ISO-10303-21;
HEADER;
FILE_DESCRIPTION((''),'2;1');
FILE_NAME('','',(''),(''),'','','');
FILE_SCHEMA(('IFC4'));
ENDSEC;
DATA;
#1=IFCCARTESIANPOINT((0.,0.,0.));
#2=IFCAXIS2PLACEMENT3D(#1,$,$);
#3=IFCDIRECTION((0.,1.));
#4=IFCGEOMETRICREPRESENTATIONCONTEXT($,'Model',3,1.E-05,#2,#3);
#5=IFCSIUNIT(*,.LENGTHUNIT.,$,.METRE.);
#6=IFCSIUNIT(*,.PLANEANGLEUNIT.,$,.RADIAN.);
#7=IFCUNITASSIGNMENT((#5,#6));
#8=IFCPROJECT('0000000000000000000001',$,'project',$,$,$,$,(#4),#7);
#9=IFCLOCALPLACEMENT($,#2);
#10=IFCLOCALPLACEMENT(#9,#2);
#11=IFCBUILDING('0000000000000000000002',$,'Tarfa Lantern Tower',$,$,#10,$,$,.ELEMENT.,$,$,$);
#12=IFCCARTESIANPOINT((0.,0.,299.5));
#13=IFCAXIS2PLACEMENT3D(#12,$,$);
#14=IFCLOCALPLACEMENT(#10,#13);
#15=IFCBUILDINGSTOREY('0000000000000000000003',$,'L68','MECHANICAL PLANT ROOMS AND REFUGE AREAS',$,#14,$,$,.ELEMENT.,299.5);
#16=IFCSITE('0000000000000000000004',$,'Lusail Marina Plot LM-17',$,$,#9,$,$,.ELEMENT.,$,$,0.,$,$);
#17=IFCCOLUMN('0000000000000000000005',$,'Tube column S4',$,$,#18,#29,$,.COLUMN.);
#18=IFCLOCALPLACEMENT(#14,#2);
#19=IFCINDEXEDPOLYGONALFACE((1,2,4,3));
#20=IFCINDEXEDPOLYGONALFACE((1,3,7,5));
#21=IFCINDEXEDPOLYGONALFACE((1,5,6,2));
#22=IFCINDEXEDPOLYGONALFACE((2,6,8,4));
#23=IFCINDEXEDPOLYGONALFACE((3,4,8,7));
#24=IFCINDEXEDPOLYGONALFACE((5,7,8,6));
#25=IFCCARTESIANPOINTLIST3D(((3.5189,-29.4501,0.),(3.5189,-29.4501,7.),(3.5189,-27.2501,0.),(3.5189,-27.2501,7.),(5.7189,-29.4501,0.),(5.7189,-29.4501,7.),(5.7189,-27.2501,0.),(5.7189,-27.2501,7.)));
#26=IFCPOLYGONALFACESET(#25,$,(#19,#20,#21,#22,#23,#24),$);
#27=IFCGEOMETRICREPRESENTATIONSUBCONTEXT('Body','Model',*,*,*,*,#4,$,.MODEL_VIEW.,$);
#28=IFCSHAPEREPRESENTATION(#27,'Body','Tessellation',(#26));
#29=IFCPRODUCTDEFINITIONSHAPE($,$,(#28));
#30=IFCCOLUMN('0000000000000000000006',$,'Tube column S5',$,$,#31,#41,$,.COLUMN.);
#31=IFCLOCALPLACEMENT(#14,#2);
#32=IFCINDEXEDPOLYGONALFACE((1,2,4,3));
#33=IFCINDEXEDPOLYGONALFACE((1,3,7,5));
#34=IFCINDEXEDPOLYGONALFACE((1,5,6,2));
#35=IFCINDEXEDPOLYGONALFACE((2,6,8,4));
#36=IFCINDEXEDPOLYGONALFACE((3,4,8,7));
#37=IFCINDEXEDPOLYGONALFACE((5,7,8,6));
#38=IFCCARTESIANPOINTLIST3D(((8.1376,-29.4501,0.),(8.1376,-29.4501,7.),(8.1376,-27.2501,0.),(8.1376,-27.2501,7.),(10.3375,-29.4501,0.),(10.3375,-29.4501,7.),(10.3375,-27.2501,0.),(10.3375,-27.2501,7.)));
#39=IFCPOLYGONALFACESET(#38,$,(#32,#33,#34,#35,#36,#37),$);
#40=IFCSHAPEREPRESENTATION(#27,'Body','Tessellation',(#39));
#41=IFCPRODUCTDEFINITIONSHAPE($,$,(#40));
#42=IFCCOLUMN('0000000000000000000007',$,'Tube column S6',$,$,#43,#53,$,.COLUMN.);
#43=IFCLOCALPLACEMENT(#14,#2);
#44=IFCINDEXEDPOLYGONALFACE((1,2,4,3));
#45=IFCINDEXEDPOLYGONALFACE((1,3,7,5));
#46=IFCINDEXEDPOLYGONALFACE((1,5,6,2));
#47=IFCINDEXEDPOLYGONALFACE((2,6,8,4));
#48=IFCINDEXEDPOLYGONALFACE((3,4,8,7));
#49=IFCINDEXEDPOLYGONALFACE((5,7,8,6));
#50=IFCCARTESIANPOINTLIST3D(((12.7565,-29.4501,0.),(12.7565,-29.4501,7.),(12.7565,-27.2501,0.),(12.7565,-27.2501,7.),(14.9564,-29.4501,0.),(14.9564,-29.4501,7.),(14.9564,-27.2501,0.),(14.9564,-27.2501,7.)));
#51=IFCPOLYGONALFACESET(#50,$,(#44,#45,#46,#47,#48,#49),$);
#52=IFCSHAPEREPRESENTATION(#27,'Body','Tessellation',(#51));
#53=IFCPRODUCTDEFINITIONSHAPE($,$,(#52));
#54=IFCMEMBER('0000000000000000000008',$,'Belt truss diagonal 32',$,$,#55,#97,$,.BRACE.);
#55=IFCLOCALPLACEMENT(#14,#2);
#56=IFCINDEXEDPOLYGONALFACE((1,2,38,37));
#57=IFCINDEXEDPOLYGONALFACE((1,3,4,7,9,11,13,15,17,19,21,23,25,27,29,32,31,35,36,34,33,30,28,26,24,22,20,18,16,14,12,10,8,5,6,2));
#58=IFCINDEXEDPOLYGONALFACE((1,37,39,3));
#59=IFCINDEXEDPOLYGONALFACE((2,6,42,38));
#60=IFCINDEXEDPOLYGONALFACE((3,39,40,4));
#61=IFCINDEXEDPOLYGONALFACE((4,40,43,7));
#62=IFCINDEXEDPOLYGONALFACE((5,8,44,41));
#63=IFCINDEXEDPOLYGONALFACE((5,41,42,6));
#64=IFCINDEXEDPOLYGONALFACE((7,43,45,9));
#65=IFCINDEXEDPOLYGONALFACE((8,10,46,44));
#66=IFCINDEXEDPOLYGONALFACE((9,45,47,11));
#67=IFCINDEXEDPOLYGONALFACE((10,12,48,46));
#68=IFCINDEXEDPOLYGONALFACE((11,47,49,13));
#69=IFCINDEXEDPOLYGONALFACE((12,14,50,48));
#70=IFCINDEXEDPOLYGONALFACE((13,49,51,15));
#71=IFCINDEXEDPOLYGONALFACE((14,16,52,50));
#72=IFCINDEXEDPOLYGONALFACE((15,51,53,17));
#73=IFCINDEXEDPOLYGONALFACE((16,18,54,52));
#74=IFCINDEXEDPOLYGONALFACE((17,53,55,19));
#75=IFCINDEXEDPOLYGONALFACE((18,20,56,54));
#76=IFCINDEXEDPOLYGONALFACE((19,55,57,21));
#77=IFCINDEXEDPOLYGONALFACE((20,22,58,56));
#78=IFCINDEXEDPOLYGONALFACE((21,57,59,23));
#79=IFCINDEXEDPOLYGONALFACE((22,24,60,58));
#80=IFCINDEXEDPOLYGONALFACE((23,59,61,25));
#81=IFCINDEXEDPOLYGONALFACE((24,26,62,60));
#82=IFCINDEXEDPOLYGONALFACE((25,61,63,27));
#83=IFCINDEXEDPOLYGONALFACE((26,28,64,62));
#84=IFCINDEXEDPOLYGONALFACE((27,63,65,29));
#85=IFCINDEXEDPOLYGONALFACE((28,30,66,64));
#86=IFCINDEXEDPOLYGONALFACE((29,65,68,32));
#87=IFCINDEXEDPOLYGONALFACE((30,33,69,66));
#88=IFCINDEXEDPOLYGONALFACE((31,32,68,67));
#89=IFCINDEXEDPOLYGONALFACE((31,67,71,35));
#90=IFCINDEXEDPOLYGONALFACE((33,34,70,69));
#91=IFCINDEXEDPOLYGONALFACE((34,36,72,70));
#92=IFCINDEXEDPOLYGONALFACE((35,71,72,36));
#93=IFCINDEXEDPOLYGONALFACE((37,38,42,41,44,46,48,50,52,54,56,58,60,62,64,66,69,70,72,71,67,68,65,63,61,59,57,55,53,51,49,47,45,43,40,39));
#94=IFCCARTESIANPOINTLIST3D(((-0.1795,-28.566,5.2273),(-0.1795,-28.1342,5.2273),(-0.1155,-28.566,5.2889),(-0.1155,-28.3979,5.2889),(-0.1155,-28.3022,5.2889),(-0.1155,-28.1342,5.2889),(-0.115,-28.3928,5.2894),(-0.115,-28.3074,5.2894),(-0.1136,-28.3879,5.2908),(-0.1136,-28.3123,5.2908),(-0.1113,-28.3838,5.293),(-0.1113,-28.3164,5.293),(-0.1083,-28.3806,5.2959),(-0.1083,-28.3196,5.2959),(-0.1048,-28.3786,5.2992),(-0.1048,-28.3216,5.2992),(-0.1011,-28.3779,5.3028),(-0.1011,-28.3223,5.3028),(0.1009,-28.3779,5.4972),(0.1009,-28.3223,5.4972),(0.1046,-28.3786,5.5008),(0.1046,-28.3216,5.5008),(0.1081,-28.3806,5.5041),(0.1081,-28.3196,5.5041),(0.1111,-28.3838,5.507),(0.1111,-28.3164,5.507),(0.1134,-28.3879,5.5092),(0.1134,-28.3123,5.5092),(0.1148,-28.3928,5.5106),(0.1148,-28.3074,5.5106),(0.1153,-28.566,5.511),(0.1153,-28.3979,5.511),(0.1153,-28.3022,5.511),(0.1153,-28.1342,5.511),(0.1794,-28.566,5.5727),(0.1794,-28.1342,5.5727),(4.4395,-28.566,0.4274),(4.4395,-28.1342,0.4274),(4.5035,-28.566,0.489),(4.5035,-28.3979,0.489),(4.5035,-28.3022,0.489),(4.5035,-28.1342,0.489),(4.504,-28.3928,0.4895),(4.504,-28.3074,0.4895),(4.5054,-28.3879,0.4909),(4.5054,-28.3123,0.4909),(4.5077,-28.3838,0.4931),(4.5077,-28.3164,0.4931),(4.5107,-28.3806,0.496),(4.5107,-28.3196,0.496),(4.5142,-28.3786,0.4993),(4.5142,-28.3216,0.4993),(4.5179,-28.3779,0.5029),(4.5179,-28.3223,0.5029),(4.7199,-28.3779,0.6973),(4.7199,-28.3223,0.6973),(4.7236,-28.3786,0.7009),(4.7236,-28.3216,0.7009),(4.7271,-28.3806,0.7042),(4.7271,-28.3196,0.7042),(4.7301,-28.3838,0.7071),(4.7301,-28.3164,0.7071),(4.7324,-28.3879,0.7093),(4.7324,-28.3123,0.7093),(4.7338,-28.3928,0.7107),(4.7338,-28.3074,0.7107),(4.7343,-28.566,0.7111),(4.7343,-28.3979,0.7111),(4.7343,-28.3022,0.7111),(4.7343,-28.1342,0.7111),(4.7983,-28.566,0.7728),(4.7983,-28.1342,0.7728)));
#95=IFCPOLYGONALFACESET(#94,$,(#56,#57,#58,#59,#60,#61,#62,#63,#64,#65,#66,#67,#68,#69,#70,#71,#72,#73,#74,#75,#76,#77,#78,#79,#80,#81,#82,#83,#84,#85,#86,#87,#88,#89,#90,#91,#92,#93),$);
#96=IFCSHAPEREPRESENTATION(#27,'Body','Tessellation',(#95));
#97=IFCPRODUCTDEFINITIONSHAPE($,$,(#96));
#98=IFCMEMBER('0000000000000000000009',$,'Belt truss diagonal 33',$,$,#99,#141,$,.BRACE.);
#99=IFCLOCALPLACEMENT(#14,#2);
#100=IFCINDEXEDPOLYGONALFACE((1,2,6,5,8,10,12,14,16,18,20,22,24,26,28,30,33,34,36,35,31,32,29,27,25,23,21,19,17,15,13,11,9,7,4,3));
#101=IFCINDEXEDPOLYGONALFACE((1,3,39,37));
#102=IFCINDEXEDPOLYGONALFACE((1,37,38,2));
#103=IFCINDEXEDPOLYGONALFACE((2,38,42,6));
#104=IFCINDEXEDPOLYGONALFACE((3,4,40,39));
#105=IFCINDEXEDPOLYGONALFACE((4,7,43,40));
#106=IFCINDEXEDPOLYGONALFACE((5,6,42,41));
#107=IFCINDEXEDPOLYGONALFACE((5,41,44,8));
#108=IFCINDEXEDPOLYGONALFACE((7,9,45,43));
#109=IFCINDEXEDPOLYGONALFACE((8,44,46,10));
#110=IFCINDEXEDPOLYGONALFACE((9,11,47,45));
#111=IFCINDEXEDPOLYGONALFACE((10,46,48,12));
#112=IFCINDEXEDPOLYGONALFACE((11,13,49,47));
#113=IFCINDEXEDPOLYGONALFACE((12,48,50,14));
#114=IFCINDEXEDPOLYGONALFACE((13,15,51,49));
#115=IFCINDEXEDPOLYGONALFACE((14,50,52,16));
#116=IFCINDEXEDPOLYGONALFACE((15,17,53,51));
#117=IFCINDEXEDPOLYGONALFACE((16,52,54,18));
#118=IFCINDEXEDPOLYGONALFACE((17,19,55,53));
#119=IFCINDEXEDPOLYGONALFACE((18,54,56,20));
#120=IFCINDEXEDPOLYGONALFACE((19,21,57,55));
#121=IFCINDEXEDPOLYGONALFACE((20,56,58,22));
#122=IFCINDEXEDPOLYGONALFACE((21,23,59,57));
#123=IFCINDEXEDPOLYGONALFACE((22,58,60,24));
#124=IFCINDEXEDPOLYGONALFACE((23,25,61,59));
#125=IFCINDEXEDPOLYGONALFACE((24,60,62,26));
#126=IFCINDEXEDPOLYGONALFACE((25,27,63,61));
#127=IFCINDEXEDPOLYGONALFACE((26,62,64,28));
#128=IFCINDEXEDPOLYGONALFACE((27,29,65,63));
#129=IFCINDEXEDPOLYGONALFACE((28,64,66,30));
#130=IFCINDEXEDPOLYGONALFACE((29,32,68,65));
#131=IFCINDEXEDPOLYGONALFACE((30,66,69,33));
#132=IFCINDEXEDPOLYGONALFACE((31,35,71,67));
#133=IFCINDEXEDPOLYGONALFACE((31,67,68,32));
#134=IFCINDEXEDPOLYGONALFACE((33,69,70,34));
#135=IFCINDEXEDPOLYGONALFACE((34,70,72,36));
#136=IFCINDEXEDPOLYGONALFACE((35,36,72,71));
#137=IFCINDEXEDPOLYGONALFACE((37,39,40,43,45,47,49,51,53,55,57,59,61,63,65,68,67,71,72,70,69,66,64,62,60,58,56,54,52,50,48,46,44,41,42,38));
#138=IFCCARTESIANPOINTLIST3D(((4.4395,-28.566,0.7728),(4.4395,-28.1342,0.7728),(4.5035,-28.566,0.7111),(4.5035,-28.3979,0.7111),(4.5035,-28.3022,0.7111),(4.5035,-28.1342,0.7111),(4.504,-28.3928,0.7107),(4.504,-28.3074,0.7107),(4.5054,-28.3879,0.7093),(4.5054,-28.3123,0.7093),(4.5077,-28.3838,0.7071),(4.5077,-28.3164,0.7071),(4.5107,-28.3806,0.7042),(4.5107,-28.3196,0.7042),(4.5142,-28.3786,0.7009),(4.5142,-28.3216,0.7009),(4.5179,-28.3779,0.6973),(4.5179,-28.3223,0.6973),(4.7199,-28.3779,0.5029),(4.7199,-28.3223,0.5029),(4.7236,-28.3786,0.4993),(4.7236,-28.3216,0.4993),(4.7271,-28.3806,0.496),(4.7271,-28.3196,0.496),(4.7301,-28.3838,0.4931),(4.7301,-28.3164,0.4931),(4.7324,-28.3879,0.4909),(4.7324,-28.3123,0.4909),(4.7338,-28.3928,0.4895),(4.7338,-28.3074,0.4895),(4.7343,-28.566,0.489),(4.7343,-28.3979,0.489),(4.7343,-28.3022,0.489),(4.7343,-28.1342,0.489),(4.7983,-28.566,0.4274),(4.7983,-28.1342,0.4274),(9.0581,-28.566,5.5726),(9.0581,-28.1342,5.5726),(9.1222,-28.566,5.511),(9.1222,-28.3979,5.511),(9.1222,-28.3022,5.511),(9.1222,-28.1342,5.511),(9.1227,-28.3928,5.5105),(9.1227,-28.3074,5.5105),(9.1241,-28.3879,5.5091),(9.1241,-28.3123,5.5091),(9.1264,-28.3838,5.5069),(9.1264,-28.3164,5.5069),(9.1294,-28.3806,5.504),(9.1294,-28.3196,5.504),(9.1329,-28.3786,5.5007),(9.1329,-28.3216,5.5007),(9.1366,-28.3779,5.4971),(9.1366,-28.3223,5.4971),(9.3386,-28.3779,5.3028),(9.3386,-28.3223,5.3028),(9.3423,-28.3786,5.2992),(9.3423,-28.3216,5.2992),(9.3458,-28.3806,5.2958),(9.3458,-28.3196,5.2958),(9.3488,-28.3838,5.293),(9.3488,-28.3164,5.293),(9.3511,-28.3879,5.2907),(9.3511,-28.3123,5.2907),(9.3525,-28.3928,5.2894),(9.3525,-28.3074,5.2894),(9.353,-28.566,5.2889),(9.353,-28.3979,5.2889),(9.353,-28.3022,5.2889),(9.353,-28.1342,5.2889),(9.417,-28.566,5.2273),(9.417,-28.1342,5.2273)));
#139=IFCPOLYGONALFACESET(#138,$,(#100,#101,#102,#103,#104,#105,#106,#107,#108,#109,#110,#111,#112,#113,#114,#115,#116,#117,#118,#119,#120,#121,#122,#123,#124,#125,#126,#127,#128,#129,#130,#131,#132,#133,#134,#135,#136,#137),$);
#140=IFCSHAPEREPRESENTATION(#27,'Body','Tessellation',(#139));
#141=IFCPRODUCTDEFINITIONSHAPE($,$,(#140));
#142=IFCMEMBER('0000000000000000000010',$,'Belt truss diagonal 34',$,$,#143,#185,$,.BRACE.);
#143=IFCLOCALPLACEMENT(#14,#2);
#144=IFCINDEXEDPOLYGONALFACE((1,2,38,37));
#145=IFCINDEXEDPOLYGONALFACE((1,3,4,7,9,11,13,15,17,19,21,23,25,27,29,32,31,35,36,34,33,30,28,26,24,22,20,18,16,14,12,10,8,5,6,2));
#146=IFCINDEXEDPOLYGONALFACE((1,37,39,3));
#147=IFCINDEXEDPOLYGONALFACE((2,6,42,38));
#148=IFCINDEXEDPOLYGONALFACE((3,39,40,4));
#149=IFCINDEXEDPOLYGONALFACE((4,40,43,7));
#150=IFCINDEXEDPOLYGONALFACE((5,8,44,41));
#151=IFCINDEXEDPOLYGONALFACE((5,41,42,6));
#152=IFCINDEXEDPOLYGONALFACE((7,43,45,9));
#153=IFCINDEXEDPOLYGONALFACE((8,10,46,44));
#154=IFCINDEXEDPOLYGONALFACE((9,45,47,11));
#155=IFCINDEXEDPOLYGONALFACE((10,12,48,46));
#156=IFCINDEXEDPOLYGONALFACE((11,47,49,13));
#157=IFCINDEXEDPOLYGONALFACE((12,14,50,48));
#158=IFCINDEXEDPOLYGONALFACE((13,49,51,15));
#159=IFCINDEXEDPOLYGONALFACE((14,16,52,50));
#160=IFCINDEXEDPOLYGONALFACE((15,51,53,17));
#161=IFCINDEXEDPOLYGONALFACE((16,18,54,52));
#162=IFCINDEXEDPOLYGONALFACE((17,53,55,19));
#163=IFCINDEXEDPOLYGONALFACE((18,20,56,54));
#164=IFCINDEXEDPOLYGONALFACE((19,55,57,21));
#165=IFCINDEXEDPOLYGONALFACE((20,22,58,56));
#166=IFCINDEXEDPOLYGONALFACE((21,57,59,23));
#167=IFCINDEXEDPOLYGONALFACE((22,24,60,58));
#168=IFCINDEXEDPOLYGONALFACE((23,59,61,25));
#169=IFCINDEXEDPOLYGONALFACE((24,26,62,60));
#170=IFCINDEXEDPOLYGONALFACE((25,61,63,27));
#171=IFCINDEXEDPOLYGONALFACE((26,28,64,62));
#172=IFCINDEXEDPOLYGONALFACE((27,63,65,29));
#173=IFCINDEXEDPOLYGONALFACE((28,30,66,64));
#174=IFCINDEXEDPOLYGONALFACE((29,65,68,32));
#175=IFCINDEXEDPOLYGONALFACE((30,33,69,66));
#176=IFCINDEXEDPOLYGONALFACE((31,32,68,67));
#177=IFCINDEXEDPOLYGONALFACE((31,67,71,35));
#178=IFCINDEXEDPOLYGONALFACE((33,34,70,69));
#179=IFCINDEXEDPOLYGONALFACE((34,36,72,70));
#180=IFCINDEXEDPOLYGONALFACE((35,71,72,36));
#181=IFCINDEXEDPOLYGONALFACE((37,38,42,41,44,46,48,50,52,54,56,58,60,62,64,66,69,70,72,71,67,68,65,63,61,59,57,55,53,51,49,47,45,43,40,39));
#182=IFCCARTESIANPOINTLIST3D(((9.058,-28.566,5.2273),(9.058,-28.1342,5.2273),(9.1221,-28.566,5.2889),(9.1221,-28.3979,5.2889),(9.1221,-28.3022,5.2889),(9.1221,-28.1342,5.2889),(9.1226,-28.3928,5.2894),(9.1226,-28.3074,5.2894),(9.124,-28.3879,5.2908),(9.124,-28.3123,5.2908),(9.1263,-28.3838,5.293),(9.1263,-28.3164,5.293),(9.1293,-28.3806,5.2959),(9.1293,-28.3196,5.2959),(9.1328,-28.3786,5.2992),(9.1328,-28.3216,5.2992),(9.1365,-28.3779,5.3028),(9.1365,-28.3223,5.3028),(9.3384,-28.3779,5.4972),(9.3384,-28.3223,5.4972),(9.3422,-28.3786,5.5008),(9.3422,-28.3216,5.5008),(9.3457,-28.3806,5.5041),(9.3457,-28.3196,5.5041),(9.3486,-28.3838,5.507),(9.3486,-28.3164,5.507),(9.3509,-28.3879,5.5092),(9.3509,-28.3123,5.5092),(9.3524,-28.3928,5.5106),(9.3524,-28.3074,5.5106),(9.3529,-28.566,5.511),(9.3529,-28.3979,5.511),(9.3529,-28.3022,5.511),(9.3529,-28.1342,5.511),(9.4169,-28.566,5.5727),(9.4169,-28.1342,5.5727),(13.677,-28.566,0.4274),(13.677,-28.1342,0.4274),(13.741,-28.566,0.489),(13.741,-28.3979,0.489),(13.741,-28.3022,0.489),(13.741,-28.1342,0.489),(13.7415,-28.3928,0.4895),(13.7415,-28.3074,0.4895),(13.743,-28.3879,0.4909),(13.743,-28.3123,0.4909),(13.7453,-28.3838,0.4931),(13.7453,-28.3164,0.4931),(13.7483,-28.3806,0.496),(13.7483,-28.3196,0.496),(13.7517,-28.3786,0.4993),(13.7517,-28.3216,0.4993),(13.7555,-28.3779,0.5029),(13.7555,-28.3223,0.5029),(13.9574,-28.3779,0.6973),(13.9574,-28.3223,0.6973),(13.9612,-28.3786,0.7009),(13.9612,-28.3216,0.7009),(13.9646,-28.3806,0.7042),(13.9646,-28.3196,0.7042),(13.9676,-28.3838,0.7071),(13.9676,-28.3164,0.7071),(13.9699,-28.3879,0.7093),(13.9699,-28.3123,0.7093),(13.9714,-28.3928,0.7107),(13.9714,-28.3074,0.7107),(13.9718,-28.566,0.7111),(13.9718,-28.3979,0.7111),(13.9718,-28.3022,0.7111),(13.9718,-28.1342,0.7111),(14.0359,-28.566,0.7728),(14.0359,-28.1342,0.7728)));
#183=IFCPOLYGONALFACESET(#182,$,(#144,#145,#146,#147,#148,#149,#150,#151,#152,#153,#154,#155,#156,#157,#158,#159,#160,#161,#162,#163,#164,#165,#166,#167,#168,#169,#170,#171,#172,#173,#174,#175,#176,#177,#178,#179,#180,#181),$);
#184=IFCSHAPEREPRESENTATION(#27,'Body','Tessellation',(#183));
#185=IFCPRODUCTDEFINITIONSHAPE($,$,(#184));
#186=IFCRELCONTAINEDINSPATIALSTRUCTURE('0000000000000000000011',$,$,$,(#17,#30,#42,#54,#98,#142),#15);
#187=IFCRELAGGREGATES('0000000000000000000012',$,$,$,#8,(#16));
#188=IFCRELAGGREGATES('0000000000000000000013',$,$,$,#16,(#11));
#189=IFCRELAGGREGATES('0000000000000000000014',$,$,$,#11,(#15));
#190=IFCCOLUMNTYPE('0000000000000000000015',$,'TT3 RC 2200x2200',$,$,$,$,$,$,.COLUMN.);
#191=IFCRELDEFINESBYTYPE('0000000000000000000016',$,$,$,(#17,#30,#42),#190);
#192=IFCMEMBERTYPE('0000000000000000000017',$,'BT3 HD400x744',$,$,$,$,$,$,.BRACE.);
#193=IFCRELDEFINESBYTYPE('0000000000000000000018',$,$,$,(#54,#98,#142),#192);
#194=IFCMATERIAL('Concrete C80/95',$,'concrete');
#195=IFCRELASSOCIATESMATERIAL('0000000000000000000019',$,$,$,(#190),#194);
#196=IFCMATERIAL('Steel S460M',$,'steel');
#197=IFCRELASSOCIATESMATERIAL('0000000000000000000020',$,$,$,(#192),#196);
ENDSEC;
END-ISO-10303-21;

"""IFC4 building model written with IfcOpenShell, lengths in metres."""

from ifc_helpers import new_model, si_unit, direction, frame, origin, origin_2d, place, context, subcontext, project, spatial, rectangle, i_section, extrude, material, material_profile, profile_set, type_object, element, save


model = new_model("IFC4")

# Units and contexts
model_context = context("Model", 3, precision=1e-05, world=origin(), true_north=direction((0.0, 1.0)))
body_context = subcontext(model_context, "Body", "Model", "MODEL_VIEW")
ifc_project = project(units=[si_unit("LENGTHUNIT", "METRE"), si_unit("PLANEANGLEUNIT", "RADIAN")], contexts=[model_context])

# Site, building, storey
site_placement = place(None, origin())
site = spatial("IfcSite", under=ifc_project, at=site_placement, Name="Lusail Marina Plot LM-17", CompositionType="ELEMENT", RefElevation=0.0)
building_placement = place(site_placement, origin())
building = spatial("IfcBuilding", under=site, at=building_placement, Name="Tarfa Lantern Tower", CompositionType="ELEMENT")
storey_placement = place(building_placement, frame((0.0, 0.0, 299.5)))
storey = spatial("IfcBuildingStorey", under=building, at=storey_placement, Name="L68", Description="MECHANICAL PLANT ROOMS AND REFUGE AREAS", CompositionType="ELEMENT", Elevation=299.5)

# Columns
ifc_material_1 = material(Name="Concrete C80/95", Category="concrete")
ifc_material_profile_1 = material_profile(ifc_material_1, rectangle(XDim=2.2, YDim=2.2, at=origin_2d()), Name="RC 2200x2200")
ifc_profile_set_1 = profile_set([ifc_material_profile_1], Name="Concrete C80/95")
column_type = type_object("IfcColumnType", Name="TT3 RC 2200x2200", PredefinedType="COLUMN", material=ifc_profile_set_1)
for number, where, z_axis, x_axis, name in (
    (1, (4.6189, -28.3501, 0.0), (0.0, 0.0, 1.0), (1.0, 0.0, 0.0), "Tube column S4"),
    (2, (9.2375, -28.3501, 0.0), (0.0, 0.0, 1.0), (1.0, 0.0, 0.0), "Tube column S5"),
    (3, (13.8564, -28.3501, 0.0), (0.0, 0.0, 1.0), (1.0, 0.0, 0.0), "Tube column S6"),
):
    element("IfcColumn", number, at=place(storey_placement, frame(where, z_axis=z_axis, x_axis=x_axis)), inside=storey, type_object=column_type, Name=name, PredefinedType="COLUMN", context=body_context, shape_type="SweptSolid", body=[
        extrude(rectangle(XDim=2.2, YDim=2.2, at=origin_2d()), origin(), (0.0, 0.0, 1.0), 7.0),
    ])

# Members
ifc_material_2 = material(Name="Steel S460M", Category="steel")
ifc_material_profile_2 = material_profile(ifc_material_2, i_section(OverallWidth=0.4319, OverallDepth=0.498, WebThickness=0.0557, FlangeThickness=0.0889, FilletRadius=0.02, at=origin_2d()), Name="HD400x744")
ifc_profile_set_2 = profile_set([ifc_material_profile_2], Name="Steel S460M")
member_type_1 = type_object("IfcMemberType", Name="BT3 HD400x744", PredefinedType="BRACE", material=ifc_profile_set_2)
member_1_placement = place(storey_placement, frame((4.6189, -28.3501, 0.6001), z_axis=(-0.693397, 0.0, 0.720556), x_axis=(0.0, -1.0, 0.0)))
element("IfcMember", 4, at=member_1_placement, inside=storey, type_object=member_type_1, Name="Belt truss diagonal 32", PredefinedType="BRACE", context=body_context, shape_type="SweptSolid", body=[
    extrude(i_section(OverallWidth=0.4319, OverallDepth=0.498, WebThickness=0.0557, FlangeThickness=0.0889, FilletRadius=0.02, at=origin_2d()), origin(), (0.0, 0.0, 1.0), 6.6614),
])
member_2_placement = place(storey_placement, frame((4.6189, -28.3501, 0.6001), z_axis=(0.693378, 0.0, 0.720574), x_axis=(0.0, 1.0, 0.0)))
element("IfcMember", 5, at=member_2_placement, inside=storey, type_object=member_type_1, Name="Belt truss diagonal 33", PredefinedType="BRACE", context=body_context, shape_type="SweptSolid", body=[
    extrude(i_section(OverallWidth=0.4319, OverallDepth=0.498, WebThickness=0.0557, FlangeThickness=0.0889, FilletRadius=0.02, at=origin_2d()), origin(), (0.0, 0.0, 1.0), 6.6611),
])
member_3_placement = place(storey_placement, frame((13.8564, -28.3501, 0.6001), z_axis=(-0.693397, 0.0, 0.720556), x_axis=(0.0, -1.0, 0.0)))
element("IfcMember", 6, at=member_3_placement, inside=storey, type_object=member_type_1, Name="Belt truss diagonal 34", PredefinedType="BRACE", context=body_context, shape_type="SweptSolid", body=[
    extrude(i_section(OverallWidth=0.4319, OverallDepth=0.498, WebThickness=0.0557, FlangeThickness=0.0889, FilletRadius=0.02, at=origin_2d()), origin(), (0.0, 0.0, 1.0), 6.6614),
])

save(model, "model.ifc")
